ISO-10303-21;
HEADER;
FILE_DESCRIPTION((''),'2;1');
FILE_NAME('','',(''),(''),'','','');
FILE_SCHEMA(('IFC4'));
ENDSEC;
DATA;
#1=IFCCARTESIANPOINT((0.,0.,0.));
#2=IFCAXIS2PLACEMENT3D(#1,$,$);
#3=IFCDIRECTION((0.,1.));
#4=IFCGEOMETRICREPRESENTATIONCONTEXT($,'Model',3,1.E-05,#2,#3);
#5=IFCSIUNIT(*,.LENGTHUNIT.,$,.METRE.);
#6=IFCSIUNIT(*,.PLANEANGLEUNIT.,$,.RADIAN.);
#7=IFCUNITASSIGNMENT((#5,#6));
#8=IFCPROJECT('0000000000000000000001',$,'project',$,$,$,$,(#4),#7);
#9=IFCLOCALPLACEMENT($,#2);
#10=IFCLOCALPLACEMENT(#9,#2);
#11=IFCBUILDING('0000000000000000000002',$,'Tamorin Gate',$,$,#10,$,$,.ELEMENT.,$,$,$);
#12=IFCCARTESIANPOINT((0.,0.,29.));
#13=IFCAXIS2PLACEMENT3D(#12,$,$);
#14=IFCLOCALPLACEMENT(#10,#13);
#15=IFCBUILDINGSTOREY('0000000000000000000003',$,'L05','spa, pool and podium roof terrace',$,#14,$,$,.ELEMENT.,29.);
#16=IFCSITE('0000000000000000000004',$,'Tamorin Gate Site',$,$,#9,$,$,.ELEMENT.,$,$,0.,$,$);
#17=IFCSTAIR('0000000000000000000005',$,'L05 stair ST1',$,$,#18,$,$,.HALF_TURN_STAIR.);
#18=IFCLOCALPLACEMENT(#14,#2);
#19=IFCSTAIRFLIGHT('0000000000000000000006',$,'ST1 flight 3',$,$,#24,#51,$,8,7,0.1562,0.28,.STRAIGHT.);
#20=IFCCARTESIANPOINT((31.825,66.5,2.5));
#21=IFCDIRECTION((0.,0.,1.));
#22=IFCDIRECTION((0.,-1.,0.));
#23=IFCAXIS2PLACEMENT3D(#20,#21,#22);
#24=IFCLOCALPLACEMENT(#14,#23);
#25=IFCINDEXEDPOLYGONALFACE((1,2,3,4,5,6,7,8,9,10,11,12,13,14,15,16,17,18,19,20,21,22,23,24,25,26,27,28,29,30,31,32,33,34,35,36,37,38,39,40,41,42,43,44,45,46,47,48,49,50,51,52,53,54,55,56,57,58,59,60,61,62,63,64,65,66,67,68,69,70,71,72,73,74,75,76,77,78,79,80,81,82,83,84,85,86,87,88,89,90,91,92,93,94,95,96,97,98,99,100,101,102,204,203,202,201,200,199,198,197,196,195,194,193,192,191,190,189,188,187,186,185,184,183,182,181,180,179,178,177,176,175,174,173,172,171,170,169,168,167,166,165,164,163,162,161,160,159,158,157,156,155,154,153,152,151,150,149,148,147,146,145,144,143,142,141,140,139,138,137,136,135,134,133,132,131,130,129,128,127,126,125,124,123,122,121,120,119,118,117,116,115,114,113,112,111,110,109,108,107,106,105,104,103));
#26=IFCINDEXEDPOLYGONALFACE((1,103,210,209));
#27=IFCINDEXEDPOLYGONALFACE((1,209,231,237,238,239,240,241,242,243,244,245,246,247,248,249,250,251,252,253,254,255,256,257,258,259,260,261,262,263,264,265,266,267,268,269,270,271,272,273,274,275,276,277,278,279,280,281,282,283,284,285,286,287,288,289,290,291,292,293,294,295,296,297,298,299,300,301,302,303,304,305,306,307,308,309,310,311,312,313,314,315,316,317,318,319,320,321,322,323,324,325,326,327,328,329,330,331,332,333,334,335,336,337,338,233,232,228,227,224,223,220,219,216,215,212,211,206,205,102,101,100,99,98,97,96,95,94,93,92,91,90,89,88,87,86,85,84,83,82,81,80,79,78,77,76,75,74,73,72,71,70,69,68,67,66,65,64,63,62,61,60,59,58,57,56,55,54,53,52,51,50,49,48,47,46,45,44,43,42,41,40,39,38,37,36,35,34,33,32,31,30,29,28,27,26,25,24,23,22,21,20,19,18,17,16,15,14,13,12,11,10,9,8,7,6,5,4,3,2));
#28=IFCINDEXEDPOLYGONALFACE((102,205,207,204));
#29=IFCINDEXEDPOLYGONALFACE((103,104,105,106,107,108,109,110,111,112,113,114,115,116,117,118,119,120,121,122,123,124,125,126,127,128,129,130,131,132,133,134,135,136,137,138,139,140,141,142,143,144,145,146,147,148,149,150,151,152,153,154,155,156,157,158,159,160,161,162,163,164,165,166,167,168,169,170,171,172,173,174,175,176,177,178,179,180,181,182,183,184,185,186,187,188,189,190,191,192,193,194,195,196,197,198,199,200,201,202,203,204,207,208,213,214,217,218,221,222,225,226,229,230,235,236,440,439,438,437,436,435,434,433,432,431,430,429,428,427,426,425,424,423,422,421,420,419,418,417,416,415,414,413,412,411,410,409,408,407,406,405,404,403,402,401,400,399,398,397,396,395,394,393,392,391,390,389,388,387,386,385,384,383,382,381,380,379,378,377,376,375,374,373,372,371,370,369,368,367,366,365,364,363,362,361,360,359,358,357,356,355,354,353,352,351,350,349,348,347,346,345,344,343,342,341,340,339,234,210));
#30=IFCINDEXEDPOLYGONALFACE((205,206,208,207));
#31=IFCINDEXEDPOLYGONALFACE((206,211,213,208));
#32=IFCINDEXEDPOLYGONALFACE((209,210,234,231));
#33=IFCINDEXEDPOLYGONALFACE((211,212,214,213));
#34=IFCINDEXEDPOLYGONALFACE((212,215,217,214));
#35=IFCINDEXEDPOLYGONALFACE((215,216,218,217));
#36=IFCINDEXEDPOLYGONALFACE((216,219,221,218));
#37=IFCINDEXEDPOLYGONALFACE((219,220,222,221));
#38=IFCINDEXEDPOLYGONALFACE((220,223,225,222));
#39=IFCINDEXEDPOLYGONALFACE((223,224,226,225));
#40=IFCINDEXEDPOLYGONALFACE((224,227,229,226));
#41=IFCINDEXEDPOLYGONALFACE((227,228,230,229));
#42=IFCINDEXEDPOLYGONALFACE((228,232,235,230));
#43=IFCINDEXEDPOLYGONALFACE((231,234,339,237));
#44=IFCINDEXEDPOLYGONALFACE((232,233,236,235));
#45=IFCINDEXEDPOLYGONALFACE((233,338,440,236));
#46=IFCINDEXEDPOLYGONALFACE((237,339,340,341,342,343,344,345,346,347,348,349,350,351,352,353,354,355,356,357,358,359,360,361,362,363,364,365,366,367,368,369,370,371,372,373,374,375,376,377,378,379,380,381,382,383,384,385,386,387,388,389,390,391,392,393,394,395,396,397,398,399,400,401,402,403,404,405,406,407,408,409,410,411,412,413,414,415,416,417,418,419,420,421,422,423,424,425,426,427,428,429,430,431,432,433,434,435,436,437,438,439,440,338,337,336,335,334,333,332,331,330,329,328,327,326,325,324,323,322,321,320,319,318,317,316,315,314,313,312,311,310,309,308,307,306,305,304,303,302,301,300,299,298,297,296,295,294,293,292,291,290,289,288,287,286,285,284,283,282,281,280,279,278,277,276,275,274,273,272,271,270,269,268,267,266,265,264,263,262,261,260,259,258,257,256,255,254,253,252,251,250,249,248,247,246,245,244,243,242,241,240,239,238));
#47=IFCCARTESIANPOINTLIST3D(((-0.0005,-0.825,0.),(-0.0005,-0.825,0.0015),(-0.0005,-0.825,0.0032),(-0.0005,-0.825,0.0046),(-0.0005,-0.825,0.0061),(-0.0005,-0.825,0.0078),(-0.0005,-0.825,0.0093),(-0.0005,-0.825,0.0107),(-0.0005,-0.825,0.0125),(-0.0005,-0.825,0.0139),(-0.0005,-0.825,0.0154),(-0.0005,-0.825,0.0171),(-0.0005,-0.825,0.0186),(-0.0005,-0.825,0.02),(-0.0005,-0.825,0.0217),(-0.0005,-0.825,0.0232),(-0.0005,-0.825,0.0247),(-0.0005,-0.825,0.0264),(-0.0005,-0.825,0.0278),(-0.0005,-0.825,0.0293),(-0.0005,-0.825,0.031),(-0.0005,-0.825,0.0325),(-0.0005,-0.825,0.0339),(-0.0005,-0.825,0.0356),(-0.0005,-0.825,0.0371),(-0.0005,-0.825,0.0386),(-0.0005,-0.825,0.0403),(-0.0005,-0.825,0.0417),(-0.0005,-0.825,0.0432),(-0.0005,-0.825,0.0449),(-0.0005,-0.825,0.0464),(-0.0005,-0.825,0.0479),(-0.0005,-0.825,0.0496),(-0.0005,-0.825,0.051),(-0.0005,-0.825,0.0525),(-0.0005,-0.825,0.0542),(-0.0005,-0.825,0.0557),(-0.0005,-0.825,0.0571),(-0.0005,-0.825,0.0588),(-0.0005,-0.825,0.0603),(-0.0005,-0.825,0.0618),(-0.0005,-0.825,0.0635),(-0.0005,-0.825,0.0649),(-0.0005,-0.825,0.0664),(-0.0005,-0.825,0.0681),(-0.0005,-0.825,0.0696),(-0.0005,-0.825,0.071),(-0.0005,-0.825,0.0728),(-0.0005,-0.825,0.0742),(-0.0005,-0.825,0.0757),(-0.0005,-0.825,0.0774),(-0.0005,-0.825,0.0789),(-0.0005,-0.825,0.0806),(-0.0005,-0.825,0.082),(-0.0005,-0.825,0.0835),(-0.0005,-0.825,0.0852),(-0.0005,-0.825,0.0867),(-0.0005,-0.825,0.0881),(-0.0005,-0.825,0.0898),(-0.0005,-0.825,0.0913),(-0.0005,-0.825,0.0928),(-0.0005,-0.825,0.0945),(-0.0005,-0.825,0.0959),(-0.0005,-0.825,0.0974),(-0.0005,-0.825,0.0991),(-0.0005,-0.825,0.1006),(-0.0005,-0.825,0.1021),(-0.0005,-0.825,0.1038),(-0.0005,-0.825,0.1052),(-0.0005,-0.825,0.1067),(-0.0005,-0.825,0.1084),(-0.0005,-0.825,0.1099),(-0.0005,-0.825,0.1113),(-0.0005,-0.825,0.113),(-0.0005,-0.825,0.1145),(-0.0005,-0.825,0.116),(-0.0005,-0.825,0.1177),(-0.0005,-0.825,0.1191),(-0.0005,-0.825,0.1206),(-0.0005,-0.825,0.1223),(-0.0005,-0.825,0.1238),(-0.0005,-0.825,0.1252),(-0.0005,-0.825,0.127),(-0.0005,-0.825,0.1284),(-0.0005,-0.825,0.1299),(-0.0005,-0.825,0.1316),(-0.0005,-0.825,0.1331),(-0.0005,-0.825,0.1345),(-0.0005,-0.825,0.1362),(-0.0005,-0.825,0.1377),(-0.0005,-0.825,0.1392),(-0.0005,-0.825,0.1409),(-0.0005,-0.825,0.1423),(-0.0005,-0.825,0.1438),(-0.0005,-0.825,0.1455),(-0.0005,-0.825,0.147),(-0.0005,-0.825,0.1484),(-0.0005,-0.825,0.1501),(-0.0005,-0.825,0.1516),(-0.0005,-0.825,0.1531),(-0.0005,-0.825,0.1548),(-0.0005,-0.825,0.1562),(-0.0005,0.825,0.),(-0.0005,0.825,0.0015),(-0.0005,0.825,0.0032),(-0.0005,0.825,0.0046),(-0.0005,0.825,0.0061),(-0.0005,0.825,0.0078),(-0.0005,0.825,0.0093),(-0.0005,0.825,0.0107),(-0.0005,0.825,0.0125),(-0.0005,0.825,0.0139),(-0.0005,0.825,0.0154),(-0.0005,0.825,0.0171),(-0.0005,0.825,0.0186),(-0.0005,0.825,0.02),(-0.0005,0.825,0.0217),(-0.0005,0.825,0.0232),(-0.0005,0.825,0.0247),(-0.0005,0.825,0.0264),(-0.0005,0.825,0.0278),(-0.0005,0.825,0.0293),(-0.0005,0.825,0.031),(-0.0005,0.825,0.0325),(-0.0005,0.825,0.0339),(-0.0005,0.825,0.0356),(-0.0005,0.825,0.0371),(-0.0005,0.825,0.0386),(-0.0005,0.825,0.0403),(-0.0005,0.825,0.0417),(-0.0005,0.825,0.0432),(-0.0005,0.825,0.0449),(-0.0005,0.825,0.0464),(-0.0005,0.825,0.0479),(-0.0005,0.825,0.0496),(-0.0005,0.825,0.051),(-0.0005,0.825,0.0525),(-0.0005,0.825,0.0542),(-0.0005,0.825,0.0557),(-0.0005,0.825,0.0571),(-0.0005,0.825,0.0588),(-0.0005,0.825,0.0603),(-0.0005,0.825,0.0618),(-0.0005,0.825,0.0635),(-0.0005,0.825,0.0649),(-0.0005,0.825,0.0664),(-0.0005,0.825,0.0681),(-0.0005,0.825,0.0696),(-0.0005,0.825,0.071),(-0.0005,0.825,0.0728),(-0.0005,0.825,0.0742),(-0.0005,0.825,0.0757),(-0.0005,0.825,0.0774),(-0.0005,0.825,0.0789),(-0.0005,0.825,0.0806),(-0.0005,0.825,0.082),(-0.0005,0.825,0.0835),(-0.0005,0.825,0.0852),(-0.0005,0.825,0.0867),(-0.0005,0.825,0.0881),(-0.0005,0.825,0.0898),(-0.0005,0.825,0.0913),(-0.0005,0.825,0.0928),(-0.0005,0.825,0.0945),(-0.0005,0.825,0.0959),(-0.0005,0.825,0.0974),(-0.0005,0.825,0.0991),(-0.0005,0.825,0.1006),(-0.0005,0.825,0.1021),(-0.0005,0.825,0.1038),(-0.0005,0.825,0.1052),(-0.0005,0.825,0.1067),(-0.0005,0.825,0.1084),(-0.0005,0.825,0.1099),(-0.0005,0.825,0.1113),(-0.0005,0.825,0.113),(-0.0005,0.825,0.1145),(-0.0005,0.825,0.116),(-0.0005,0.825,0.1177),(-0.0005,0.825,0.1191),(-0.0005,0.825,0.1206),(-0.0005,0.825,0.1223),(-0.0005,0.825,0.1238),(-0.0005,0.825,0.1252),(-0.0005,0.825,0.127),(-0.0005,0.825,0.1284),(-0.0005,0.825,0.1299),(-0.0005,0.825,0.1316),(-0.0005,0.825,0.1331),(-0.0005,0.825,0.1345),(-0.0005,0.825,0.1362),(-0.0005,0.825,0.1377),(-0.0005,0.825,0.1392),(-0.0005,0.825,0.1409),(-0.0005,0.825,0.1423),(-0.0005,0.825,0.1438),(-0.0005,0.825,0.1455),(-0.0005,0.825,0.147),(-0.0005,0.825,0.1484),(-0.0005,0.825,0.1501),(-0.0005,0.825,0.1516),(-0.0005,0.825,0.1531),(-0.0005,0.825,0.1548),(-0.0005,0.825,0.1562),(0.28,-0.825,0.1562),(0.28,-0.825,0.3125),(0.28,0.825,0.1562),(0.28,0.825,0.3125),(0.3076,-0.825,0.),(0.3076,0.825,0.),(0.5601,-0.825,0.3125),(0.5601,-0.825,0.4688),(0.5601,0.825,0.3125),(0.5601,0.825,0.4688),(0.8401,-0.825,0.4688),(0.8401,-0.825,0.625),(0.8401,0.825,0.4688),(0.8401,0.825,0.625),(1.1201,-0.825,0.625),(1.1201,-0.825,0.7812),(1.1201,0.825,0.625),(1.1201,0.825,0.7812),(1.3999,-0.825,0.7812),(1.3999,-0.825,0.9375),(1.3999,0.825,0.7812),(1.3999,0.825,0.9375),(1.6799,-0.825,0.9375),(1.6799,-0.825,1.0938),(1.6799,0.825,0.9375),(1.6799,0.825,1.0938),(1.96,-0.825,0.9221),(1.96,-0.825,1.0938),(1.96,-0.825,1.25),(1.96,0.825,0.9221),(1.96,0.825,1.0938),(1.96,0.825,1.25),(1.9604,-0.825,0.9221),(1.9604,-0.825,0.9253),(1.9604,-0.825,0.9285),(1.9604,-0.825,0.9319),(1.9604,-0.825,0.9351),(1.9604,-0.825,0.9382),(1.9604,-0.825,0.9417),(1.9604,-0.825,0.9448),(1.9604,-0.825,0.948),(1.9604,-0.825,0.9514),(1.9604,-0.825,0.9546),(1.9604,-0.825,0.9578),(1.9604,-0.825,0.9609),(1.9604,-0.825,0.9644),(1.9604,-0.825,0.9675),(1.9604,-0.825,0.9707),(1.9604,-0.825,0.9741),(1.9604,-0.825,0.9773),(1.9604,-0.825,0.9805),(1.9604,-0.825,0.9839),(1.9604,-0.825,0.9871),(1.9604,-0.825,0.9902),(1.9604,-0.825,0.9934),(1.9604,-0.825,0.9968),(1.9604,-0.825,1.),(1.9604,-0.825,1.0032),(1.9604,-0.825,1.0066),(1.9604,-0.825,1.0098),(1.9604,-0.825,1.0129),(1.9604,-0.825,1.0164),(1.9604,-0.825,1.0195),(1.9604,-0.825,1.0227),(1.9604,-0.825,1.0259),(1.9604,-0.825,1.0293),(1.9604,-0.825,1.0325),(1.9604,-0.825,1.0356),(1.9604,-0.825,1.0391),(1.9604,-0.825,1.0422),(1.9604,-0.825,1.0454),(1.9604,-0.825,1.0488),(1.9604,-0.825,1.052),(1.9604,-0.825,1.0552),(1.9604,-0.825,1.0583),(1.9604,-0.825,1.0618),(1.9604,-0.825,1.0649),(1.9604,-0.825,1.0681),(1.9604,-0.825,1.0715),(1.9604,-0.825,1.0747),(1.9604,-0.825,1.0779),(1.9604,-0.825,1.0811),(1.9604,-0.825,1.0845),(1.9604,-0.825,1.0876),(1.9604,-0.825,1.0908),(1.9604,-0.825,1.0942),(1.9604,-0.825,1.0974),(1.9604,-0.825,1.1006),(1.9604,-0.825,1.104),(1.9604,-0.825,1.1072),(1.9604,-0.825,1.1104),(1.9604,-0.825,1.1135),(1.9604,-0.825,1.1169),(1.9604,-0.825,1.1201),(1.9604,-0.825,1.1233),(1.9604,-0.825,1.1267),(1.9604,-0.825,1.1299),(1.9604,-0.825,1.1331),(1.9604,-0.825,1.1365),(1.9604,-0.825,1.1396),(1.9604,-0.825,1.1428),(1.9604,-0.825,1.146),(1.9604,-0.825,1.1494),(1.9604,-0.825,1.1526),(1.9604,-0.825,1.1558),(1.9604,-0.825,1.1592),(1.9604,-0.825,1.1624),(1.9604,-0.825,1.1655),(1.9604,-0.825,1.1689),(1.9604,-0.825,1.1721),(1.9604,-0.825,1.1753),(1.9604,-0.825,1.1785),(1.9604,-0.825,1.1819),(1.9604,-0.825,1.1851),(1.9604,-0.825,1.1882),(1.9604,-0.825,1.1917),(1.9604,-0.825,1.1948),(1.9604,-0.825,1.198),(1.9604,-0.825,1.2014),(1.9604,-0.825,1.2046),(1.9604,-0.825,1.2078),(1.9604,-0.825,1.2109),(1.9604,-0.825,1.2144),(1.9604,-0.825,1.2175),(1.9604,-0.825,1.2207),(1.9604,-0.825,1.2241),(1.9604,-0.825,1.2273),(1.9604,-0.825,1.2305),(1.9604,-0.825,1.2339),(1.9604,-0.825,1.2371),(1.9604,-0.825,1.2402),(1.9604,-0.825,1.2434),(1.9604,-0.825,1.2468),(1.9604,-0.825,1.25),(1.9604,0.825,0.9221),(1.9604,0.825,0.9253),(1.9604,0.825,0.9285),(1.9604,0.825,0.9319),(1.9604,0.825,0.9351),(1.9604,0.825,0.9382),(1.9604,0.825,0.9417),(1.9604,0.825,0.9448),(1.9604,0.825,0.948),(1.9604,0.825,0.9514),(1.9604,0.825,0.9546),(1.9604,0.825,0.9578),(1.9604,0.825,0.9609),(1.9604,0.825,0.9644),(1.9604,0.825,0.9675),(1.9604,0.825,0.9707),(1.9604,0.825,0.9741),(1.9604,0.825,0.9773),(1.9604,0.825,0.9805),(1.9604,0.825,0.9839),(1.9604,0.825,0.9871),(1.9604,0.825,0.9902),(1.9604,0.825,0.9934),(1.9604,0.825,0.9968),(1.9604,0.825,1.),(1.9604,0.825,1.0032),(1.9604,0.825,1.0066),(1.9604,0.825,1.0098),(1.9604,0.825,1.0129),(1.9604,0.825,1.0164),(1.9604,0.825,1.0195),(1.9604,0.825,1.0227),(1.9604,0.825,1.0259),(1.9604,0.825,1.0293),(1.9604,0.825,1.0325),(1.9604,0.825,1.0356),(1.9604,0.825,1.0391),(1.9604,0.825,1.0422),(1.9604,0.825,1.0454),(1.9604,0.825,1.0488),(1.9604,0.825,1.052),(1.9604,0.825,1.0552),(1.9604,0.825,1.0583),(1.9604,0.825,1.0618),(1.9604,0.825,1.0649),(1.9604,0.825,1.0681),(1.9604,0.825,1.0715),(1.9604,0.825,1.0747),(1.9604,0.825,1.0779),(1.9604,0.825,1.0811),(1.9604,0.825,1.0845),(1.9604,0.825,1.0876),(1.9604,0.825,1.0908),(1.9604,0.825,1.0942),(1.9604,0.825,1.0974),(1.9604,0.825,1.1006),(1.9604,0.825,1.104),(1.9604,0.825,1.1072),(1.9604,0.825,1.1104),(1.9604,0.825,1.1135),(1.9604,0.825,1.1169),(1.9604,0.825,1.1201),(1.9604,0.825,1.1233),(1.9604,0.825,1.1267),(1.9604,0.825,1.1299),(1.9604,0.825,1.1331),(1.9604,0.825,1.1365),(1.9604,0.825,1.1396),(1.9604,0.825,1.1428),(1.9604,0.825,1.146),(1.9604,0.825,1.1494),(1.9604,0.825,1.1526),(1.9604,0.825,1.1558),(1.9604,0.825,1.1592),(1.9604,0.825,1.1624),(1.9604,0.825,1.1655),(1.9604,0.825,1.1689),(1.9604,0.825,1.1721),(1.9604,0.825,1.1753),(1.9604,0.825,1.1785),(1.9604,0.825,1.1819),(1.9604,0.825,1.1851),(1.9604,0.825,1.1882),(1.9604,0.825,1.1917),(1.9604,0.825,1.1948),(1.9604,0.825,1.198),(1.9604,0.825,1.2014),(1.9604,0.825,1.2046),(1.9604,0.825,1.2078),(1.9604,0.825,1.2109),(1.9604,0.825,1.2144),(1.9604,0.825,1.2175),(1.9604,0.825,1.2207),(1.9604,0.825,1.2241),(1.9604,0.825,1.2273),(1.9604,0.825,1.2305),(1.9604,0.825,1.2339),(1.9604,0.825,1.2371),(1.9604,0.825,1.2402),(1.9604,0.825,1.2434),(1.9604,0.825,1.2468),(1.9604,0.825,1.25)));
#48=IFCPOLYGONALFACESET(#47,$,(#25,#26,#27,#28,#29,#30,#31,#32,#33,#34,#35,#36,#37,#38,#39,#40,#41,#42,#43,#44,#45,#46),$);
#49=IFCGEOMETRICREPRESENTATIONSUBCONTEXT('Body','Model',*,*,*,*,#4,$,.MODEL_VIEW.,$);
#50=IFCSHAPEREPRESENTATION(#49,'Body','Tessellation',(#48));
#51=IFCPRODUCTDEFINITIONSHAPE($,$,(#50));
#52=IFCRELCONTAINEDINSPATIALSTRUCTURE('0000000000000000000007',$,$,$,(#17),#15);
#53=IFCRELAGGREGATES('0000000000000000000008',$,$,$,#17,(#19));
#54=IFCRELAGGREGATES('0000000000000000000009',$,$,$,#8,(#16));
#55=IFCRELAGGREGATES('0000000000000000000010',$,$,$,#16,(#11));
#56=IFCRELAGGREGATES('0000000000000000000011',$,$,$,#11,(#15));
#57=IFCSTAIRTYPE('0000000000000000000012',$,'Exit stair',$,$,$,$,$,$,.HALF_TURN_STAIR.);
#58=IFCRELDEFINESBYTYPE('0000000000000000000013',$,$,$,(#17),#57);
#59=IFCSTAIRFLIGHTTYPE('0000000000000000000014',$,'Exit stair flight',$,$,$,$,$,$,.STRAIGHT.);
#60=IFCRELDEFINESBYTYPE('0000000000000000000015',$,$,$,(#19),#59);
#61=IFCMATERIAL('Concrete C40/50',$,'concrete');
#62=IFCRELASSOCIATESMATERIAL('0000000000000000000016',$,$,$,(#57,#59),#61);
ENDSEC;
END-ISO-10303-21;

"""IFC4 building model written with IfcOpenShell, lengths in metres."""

from ifc_helpers import new_model, si_unit, direction, frame, origin, place, context, subcontext, project, spatial, polyline, outline, extrude, material, type_object, element, aggregate, save


model = new_model("IFC4")

# Units and contexts
model_context = context("Model", 3, precision=1e-05, world=origin(), true_north=direction((0.0, 1.0)))
body_context = subcontext(model_context, "Body", "Model", "MODEL_VIEW")
ifc_project = project(units=[si_unit("LENGTHUNIT", "METRE"), si_unit("PLANEANGLEUNIT", "RADIAN")], contexts=[model_context])

# Site, building, storey
site_placement = place(None, origin())
site = spatial("IfcSite", under=ifc_project, at=site_placement, Name="Tamorin Gate Site", CompositionType="ELEMENT", RefElevation=0.0)
building_placement = place(site_placement, origin())
building = spatial("IfcBuilding", under=site, at=building_placement, Name="Tamorin Gate", CompositionType="ELEMENT")
storey_placement = place(building_placement, frame((0.0, 0.0, 29.0)))
storey = spatial("IfcBuildingStorey", under=building, at=storey_placement, Name="L05", Description="spa, pool and podium roof terrace", CompositionType="ELEMENT", Elevation=29.0)

# Shared definitions
ifc_material_1 = material(Name="Concrete C40/50", Category="concrete")

# Stair, stair flight
stair_type = type_object("IfcStairType", Name="Exit stair", PredefinedType="HALF_TURN_STAIR", material=ifc_material_1)
stair_placement = place(storey_placement, origin())
stair = element("IfcStair", 1, at=stair_placement, inside=storey, type_object=stair_type, Name="L05 stair ST1", PredefinedType="HALF_TURN_STAIR")
stair_flight_type = type_object("IfcStairFlightType", Name="Exit stair flight", PredefinedType="STRAIGHT", material=ifc_material_1)
stair_flight_1_placement = place(storey_placement, frame((31.825, 66.5, 2.5), z_axis=(0.0, 0.0, 1.0), x_axis=(0.0, -1.0, 0.0)))
stair_flight_1 = element("IfcStairFlight", 2, at=stair_flight_1_placement, type_object=stair_flight_type, Name="ST1 flight 3", NumberOfRisers=8, NumberOfTreads=7, PredefinedType="STRAIGHT", RiserHeight=0.1562, TreadLength=0.28, context=body_context, shape_type="SweptSolid", body=[
    extrude(outline(polyline([(-0.0005, 0.0), (-0.0005, 0.0015), (-0.0005, 0.0032), (-0.0005, 0.0046), (-0.0005, 0.0061), (-0.0005, 0.0078), (-0.0005, 0.0093), (-0.0005, 0.0107), (-0.0005, 0.0125), (-0.0005, 0.0139), (-0.0005, 0.0154), (-0.0005, 0.0171), (-0.0005, 0.0186), (-0.0005, 0.02), (-0.0005, 0.0217), (-0.0005, 0.0232), (-0.0005, 0.0247), (-0.0005, 0.0264), (-0.0005, 0.0278), (-0.0005, 0.0293), (-0.0005, 0.031), (-0.0005, 0.0325), (-0.0005, 0.0339), (-0.0005, 0.0356), (-0.0005, 0.0371), (-0.0005, 0.0386), (-0.0005, 0.0403), (-0.0005, 0.0417), (-0.0005, 0.0432), (-0.0005, 0.0449), (-0.0005, 0.0464), (-0.0005, 0.0479), (-0.0005, 0.0496), (-0.0005, 0.051), (-0.0005, 0.0525), (-0.0005, 0.0542), (-0.0005, 0.0557), (-0.0005, 0.0571), (-0.0005, 0.0588), (-0.0005, 0.0603), (-0.0005, 0.0618), (-0.0005, 0.0635), (-0.0005, 0.0649), (-0.0005, 0.0664), (-0.0005, 0.0681), (-0.0005, 0.0696), (-0.0005, 0.071), (-0.0005, 0.0728), (-0.0005, 0.0742), (-0.0005, 0.0757), (-0.0005, 0.0774), (-0.0005, 0.0789), (-0.0005, 0.0806), (-0.0005, 0.082), (-0.0005, 0.0835), (-0.0005, 0.0852), (-0.0005, 0.0867), (-0.0005, 0.0881), (-0.0005, 0.0898), (-0.0005, 0.0913), (-0.0005, 0.0928), (-0.0005, 0.0945), (-0.0005, 0.0959), (-0.0005, 0.0974), (-0.0005, 0.0991), (-0.0005, 0.1006), (-0.0005, 0.1021), (-0.0005, 0.1038), (-0.0005, 0.1052), (-0.0005, 0.1067), (-0.0005, 0.1084), (-0.0005, 0.1099), (-0.0005, 0.1113), (-0.0005, 0.113), (-0.0005, 0.1145), (-0.0005, 0.116), (-0.0005, 0.1177), (-0.0005, 0.1191), (-0.0005, 0.1206), (-0.0005, 0.1223), (-0.0005, 0.1238), (-0.0005, 0.1252), (-0.0005, 0.127), (-0.0005, 0.1284), (-0.0005, 0.1299), (-0.0005, 0.1316), (-0.0005, 0.1331), (-0.0005, 0.1345), (-0.0005, 0.1362), (-0.0005, 0.1377), (-0.0005, 0.1392), (-0.0005, 0.1409), (-0.0005, 0.1423), (-0.0005, 0.1438), (-0.0005, 0.1455), (-0.0005, 0.147), (-0.0005, 0.1484), (-0.0005, 0.1501), (-0.0005, 0.1516), (-0.0005, 0.1531), (-0.0005, 0.1548), (-0.0005, 0.1562), (0.28, 0.1562), (0.28, 0.3125), (0.5601, 0.3125), (0.5601, 0.4688), (0.8401, 0.4688), (0.8401, 0.625), (1.1201, 0.625), (1.1201, 0.7812), (1.3999, 0.7812), (1.3999, 0.9375), (1.6799, 0.9375), (1.6799, 1.0938), (1.96, 1.0938), (1.96, 1.25), (1.9604, 1.25), (1.9604, 1.2468), (1.9604, 1.2434), (1.9604, 1.2402), (1.9604, 1.2371), (1.9604, 1.2339), (1.9604, 1.2305), (1.9604, 1.2273), (1.9604, 1.2241), (1.9604, 1.2207), (1.9604, 1.2175), (1.9604, 1.2144), (1.9604, 1.2109), (1.9604, 1.2078), (1.9604, 1.2046), (1.9604, 1.2014), (1.9604, 1.198), (1.9604, 1.1948), (1.9604, 1.1917), (1.9604, 1.1882), (1.9604, 1.1851), (1.9604, 1.1819), (1.9604, 1.1785), (1.9604, 1.1753), (1.9604, 1.1721), (1.9604, 1.1689), (1.9604, 1.1655), (1.9604, 1.1624), (1.9604, 1.1592), (1.9604, 1.1558), (1.9604, 1.1526), (1.9604, 1.1494), (1.9604, 1.146), (1.9604, 1.1428), (1.9604, 1.1396), (1.9604, 1.1365), (1.9604, 1.1331), (1.9604, 1.1299), (1.9604, 1.1267), (1.9604, 1.1233), (1.9604, 1.1201), (1.9604, 1.1169), (1.9604, 1.1135), (1.9604, 1.1104), (1.9604, 1.1072), (1.9604, 1.104), (1.9604, 1.1006), (1.9604, 1.0974), (1.9604, 1.0942), (1.9604, 1.0908), (1.9604, 1.0876), (1.9604, 1.0845), (1.9604, 1.0811), (1.9604, 1.0779), (1.9604, 1.0747), (1.9604, 1.0715), (1.9604, 1.0681), (1.9604, 1.0649), (1.9604, 1.0618), (1.9604, 1.0583), (1.9604, 1.0552), (1.9604, 1.052), (1.9604, 1.0488), (1.9604, 1.0454), (1.9604, 1.0422), (1.9604, 1.0391), (1.9604, 1.0356), (1.9604, 1.0325), (1.9604, 1.0293), (1.9604, 1.0259), (1.9604, 1.0227), (1.9604, 1.0195), (1.9604, 1.0164), (1.9604, 1.0129), (1.9604, 1.0098), (1.9604, 1.0066), (1.9604, 1.0032), (1.9604, 1.0), (1.9604, 0.9968), (1.9604, 0.9934), (1.9604, 0.9902), (1.9604, 0.9871), (1.9604, 0.9839), (1.9604, 0.9805), (1.9604, 0.9773), (1.9604, 0.9741), (1.9604, 0.9707), (1.9604, 0.9675), (1.9604, 0.9644), (1.9604, 0.9609), (1.9604, 0.9578), (1.9604, 0.9546), (1.9604, 0.9514), (1.9604, 0.948), (1.9604, 0.9448), (1.9604, 0.9417), (1.9604, 0.9382), (1.9604, 0.9351), (1.9604, 0.9319), (1.9604, 0.9285), (1.9604, 0.9253), (1.9604, 0.9221), (1.96, 0.9221), (0.3076, 0.0), (-0.0005, 0.0)])), frame((0.0, 0.825, 0.0), z_axis=(0.0, -1.0, 0.0), x_axis=(1.0, 0.0, 0.0)), (0.0, 0.0, 1.0), 1.6499),
])
aggregate(stair, [stair_flight_1])

save(model, "model.ifc")
